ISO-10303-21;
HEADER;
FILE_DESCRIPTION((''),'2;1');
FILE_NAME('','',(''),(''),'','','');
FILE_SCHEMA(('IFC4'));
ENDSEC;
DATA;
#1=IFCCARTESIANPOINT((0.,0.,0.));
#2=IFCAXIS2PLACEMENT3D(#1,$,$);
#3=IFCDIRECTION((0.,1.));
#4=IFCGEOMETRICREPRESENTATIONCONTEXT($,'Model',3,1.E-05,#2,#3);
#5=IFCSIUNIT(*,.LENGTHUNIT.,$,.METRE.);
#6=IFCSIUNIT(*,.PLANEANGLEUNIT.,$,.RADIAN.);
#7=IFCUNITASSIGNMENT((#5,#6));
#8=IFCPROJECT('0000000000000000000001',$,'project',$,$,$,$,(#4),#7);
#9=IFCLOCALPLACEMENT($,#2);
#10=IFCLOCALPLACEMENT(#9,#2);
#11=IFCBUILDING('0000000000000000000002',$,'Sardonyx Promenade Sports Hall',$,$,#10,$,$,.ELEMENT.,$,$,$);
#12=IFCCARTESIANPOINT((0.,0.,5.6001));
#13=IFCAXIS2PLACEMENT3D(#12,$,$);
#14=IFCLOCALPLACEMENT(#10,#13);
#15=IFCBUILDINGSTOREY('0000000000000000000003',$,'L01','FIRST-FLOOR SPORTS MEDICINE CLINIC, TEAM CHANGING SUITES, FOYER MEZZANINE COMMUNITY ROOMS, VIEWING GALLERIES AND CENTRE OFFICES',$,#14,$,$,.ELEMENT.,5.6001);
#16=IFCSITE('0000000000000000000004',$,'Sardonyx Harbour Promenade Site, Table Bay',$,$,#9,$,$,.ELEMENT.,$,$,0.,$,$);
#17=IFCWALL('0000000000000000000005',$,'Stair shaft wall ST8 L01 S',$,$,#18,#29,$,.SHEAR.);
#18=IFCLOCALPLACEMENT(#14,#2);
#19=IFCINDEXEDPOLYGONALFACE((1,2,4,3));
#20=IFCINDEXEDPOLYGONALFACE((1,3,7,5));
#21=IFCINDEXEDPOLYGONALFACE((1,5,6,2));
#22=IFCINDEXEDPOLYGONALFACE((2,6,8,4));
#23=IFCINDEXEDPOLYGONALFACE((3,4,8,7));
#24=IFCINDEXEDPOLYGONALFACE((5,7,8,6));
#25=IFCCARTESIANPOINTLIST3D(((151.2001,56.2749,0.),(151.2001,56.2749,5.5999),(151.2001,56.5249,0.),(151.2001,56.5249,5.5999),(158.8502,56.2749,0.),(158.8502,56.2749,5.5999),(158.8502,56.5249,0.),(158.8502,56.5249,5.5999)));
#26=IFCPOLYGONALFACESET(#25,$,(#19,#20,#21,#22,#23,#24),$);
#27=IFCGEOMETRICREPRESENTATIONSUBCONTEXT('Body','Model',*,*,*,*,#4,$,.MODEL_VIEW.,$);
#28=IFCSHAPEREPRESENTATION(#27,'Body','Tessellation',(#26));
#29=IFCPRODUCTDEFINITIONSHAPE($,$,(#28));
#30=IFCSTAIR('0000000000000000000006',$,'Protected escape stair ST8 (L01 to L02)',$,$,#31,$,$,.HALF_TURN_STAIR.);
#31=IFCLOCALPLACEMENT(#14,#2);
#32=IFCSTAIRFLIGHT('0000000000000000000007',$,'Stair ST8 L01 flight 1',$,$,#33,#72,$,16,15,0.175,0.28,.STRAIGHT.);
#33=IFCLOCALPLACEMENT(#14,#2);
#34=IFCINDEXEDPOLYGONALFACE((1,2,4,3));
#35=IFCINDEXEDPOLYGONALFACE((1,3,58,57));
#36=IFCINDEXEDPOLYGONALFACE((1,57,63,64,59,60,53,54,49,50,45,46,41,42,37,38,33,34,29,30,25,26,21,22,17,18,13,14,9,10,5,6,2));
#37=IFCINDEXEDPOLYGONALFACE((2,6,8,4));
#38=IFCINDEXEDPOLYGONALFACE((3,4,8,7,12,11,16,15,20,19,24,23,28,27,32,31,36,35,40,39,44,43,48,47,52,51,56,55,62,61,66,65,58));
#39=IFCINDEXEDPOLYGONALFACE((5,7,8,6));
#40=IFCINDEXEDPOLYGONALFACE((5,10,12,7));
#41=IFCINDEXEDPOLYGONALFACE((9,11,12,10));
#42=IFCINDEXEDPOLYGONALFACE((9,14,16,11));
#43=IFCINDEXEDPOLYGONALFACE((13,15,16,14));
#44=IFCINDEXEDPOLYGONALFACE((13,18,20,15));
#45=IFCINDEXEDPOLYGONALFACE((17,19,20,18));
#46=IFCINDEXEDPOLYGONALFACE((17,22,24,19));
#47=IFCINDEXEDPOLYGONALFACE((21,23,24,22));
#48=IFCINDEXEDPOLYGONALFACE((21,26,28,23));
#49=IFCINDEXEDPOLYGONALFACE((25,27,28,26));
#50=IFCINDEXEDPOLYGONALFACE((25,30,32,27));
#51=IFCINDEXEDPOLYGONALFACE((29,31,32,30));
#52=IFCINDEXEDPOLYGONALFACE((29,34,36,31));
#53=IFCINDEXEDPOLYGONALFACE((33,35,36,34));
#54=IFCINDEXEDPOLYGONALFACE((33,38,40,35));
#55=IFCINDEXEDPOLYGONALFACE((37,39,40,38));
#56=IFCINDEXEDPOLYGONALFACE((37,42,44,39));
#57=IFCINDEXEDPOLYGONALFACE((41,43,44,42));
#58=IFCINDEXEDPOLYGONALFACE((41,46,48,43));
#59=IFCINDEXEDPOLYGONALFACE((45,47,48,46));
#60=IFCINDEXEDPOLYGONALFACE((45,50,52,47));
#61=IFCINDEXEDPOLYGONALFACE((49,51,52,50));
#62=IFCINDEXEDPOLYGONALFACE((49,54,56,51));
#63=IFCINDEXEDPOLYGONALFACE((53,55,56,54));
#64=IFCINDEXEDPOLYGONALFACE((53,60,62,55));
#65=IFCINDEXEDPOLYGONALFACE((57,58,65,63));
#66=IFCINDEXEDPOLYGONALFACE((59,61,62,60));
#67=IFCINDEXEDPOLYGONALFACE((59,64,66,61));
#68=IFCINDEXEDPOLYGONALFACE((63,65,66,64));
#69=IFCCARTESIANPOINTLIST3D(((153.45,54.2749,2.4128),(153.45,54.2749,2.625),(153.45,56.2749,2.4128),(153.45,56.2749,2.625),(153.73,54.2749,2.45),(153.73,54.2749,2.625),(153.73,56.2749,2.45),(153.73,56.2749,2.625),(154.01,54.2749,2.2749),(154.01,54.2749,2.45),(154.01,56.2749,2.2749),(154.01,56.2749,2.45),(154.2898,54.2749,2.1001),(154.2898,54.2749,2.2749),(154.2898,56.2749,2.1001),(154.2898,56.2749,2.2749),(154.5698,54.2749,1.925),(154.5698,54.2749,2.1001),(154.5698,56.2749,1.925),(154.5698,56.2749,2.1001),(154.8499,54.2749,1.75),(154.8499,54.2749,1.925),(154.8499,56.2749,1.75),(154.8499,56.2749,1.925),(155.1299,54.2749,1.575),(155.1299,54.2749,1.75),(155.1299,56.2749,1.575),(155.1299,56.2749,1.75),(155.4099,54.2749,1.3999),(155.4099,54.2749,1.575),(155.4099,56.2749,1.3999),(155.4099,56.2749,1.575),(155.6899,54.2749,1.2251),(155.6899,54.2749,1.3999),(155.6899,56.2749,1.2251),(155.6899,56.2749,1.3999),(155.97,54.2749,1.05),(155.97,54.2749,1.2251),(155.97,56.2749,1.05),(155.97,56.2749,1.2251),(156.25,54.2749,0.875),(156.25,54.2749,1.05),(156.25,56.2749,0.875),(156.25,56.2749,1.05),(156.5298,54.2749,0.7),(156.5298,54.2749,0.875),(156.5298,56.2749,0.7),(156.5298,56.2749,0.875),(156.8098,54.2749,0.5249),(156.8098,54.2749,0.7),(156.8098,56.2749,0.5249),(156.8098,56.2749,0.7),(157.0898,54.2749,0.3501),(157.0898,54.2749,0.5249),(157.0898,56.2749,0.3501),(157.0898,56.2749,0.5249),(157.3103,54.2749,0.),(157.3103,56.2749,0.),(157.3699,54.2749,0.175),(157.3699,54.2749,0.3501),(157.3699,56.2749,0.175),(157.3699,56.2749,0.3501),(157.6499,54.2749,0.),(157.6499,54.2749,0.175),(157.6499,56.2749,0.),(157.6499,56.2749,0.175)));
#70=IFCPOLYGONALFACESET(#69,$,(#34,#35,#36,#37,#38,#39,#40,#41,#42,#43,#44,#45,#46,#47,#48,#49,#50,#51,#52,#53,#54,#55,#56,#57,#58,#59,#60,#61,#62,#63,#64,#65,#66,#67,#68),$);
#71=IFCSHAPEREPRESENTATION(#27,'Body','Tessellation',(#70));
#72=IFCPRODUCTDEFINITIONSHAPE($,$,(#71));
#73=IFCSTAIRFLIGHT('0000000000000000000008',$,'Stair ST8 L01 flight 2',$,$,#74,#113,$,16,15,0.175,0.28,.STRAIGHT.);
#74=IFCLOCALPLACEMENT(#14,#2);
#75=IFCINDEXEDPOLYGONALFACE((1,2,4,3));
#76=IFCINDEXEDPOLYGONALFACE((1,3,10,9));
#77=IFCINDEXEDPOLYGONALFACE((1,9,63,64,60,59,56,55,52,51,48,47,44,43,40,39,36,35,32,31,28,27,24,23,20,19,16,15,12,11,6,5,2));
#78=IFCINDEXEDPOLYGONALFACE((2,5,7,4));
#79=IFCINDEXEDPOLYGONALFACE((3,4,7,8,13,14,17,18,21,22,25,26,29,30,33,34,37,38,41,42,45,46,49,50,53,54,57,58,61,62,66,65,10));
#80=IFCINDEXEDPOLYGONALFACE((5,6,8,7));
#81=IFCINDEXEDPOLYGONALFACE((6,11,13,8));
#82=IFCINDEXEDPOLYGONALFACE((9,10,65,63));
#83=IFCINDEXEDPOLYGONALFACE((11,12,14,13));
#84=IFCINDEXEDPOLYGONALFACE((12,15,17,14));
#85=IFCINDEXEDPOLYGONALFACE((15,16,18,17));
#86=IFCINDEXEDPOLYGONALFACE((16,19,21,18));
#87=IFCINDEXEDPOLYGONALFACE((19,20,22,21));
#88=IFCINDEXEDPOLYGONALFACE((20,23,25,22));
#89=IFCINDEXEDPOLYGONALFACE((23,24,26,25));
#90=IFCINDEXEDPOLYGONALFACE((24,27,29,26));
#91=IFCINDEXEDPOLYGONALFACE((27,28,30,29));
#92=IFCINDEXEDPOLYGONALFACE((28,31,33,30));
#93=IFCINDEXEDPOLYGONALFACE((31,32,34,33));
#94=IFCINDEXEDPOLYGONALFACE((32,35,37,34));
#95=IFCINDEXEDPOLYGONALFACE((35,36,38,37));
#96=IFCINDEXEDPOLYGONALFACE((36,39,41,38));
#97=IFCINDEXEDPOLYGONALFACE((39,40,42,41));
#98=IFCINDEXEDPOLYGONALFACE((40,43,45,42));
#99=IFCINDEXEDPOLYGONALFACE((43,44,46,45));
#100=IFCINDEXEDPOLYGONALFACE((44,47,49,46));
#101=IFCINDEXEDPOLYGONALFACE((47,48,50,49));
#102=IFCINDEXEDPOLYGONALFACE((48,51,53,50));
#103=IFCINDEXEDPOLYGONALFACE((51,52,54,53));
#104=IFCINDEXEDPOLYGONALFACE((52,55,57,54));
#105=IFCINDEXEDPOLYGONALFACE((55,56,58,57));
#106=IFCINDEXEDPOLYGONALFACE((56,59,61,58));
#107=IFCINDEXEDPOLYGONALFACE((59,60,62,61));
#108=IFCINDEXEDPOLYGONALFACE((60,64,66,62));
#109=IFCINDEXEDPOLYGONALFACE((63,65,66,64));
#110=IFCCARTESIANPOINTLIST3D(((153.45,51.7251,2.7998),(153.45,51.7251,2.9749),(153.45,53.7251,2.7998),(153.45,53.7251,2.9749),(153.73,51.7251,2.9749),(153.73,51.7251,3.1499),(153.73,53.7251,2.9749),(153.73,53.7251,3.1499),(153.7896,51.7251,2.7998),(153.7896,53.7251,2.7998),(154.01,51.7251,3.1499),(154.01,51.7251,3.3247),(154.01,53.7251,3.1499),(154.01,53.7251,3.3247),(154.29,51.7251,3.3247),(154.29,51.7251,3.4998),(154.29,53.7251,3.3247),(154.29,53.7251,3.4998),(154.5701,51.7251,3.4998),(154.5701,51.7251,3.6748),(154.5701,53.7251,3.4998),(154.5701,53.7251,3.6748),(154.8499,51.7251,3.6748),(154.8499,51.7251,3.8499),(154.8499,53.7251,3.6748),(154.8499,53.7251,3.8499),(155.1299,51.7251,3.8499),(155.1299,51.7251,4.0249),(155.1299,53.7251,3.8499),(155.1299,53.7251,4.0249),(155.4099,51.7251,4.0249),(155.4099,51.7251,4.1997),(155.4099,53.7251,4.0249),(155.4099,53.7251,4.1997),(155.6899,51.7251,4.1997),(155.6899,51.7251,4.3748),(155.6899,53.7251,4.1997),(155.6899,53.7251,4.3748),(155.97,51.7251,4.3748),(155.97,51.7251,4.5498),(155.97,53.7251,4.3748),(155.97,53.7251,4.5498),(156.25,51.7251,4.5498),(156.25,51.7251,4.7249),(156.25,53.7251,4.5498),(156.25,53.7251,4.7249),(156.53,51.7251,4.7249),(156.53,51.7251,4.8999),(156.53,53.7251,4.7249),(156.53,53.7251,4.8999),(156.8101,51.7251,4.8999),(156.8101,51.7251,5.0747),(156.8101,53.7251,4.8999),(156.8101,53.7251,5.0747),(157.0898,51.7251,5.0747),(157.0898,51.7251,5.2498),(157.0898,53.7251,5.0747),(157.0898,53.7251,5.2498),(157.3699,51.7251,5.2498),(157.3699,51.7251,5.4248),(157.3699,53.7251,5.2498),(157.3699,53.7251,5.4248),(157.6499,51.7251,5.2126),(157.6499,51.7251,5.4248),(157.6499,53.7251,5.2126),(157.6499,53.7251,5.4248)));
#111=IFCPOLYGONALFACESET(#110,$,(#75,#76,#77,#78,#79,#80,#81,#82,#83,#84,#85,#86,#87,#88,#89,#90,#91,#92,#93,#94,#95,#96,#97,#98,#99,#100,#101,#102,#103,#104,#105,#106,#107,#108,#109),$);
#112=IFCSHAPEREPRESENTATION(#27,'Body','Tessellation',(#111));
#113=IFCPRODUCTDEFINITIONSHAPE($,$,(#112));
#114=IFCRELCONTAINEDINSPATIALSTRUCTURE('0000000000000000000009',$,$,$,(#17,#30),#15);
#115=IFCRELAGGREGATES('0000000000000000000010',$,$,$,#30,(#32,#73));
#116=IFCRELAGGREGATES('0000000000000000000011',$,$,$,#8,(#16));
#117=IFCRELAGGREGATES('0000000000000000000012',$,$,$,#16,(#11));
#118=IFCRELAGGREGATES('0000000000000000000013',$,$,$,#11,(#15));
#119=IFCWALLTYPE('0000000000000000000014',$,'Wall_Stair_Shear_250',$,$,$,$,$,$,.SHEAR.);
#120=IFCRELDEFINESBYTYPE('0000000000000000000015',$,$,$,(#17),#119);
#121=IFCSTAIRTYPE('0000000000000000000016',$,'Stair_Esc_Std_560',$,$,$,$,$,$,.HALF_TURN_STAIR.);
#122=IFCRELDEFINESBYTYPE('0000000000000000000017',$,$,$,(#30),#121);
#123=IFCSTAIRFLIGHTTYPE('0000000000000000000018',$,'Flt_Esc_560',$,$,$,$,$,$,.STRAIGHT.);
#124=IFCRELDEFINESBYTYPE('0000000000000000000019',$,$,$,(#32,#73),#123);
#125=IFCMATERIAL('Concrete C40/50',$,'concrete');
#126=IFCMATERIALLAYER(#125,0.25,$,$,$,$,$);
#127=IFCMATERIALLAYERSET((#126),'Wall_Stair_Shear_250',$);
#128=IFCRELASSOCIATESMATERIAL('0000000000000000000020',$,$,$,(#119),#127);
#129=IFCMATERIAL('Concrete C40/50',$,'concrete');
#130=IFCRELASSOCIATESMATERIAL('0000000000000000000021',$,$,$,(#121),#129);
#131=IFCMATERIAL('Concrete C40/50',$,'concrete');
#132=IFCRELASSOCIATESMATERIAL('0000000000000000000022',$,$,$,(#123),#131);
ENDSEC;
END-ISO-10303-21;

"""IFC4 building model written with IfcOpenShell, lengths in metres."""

from ifc_helpers import new_model, si_unit, direction, frame, frame_2d, origin, place, context, subcontext, project, spatial, polyline, rectangle, outline, extrude, material, layer, layer_set, type_object, element, aggregate, save


model = new_model("IFC4")

# Units and contexts
model_context = context("Model", 3, precision=1e-05, world=origin(), true_north=direction((0.0, 1.0)))
body_context = subcontext(model_context, "Body", "Model", "MODEL_VIEW")
ifc_project = project(units=[si_unit("LENGTHUNIT", "METRE"), si_unit("PLANEANGLEUNIT", "RADIAN")], contexts=[model_context])

# Site, building, storey
site_placement = place(None, origin())
site = spatial("IfcSite", under=ifc_project, at=site_placement, Name="Sardonyx Harbour Promenade Site, Table Bay", CompositionType="ELEMENT", RefElevation=0.0)
building_placement = place(site_placement, origin())
building = spatial("IfcBuilding", under=site, at=building_placement, Name="Sardonyx Promenade Sports Hall", CompositionType="ELEMENT")
storey_placement = place(building_placement, frame((0.0, 0.0, 5.6001)))
storey = spatial("IfcBuildingStorey", under=building, at=storey_placement, Name="L01", Description="FIRST-FLOOR SPORTS MEDICINE CLINIC, TEAM CHANGING SUITES, FOYER MEZZANINE COMMUNITY ROOMS, VIEWING GALLERIES AND CENTRE OFFICES", CompositionType="ELEMENT", Elevation=5.6001)

# Shared definitions
ifc_material_1 = material(Name="Concrete C40/50", Category="concrete")
ifc_layer_1 = layer(ifc_material_1, 0.25)
ifc_layer_set_1 = layer_set([ifc_layer_1], Name="Wall_Stair_Shear_250")
wall_type_1 = type_object("IfcWallType", Name="Wall_Stair_Shear_250", PredefinedType="SHEAR", material=ifc_layer_set_1)

# Wall
wall_1_placement = place(storey_placement, frame((151.2, 56.3999, 0.0), z_axis=(0.0, 0.0, 1.0), x_axis=(1.0, 0.0, 0.0)))
element("IfcWall", 1, at=wall_1_placement, inside=storey, type_object=wall_type_1, Name="Stair shaft wall ST8 L01 S", PredefinedType="SHEAR", context=body_context, shape_type="SweptSolid", body=[
    extrude(rectangle(XDim=7.6501, YDim=0.25, at=frame_2d((3.8252, 0.0))), origin(), (0.0, 0.0, 1.0), 5.5999),
])

# Stair, stair flights
ifc_material_2 = material(Name="Concrete C40/50", Category="concrete")
stair_type = type_object("IfcStairType", Name="Stair_Esc_Std_560", PredefinedType="HALF_TURN_STAIR", material=ifc_material_2)
stair_placement = place(storey_placement, origin())
stair = element("IfcStair", 2, at=stair_placement, inside=storey, type_object=stair_type, Name="Protected escape stair ST8 (L01 to L02)", PredefinedType="HALF_TURN_STAIR")
ifc_material_3 = material(Name="Concrete C40/50", Category="concrete")
stair_flight_type = type_object("IfcStairFlightType", Name="Flt_Esc_560", PredefinedType="STRAIGHT", material=ifc_material_3)
stair_flight_1_placement = place(storey_placement, frame((157.6499, 55.2749, 0.0), z_axis=(0.0, 0.0, 1.0), x_axis=(-1.0, 0.0, 0.0)))
stair_flight_1 = element("IfcStairFlight", 3, at=stair_flight_1_placement, type_object=stair_flight_type, Name="Stair ST8 L01 flight 1", NumberOfRisers=16, NumberOfTreads=15, PredefinedType="STRAIGHT", RiserHeight=0.175, TreadLength=0.28, context=body_context, shape_type="SweptSolid", body=[
    extrude(outline(polyline([(0.0, 0.0), (0.0, 0.175), (0.28, 0.175), (0.28, 0.3501), (0.5601, 0.3501), (0.5601, 0.5249), (0.8401, 0.5249), (0.8401, 0.7), (1.1201, 0.7), (1.1201, 0.875), (1.3999, 0.875), (1.3999, 1.05), (1.6799, 1.05), (1.6799, 1.2251), (1.96, 1.2251), (1.96, 1.3999), (2.24, 1.3999), (2.24, 1.575), (2.52, 1.575), (2.52, 1.75), (2.8, 1.75), (2.8, 1.925), (3.0801, 1.925), (3.0801, 2.1001), (3.3601, 2.1001), (3.3601, 2.2749), (3.6399, 2.2749), (3.6399, 2.45), (3.9199, 2.45), (3.9199, 2.625), (4.2, 2.625), (4.2, 2.8), (4.2, 2.4128), (0.3396, 0.0), (0.0, 0.0)])), frame((0.0, 1.0, 0.0), z_axis=(0.0, -1.0, 0.0), x_axis=(1.0, 0.0, 0.0)), (0.0, 0.0, 1.0), 2.0),
])
stair_flight_2_placement = place(storey_placement, frame((153.45, 52.7251, 2.7998), z_axis=(0.0, 0.0, 1.0), x_axis=(1.0, 0.0, 0.0)))
stair_flight_2 = element("IfcStairFlight", 4, at=stair_flight_2_placement, type_object=stair_flight_type, Name="Stair ST8 L01 flight 2", NumberOfRisers=16, NumberOfTreads=15, PredefinedType="STRAIGHT", RiserHeight=0.175, TreadLength=0.28, context=body_context, shape_type="SweptSolid", body=[
    extrude(outline(polyline([(0.0, 0.0), (0.0, 0.175), (0.28, 0.175), (0.28, 0.3501), (0.5601, 0.3501), (0.5601, 0.5249), (0.8401, 0.5249), (0.8401, 0.7), (1.1201, 0.7), (1.1201, 0.875), (1.3999, 0.875), (1.3999, 1.05), (1.6799, 1.05), (1.6799, 1.2251), (1.96, 1.2251), (1.96, 1.3999), (2.24, 1.3999), (2.24, 1.575), (2.52, 1.575), (2.52, 1.75), (2.8, 1.75), (2.8, 1.925), (3.0801, 1.925), (3.0801, 2.1001), (3.3601, 2.1001), (3.3601, 2.2749), (3.6399, 2.2749), (3.6399, 2.45), (3.9199, 2.45), (3.9199, 2.625), (4.2, 2.625), (4.2, 2.8), (4.2, 2.4128), (0.3396, 0.0), (0.0, 0.0)])), frame((0.0, 1.0, 0.0), z_axis=(0.0, -1.0, 0.0), x_axis=(1.0, 0.0, 0.0)), (0.0, 0.0, 1.0), 2.0),
])
aggregate(stair, [stair_flight_1, stair_flight_2])

save(model, "model.ifc")
